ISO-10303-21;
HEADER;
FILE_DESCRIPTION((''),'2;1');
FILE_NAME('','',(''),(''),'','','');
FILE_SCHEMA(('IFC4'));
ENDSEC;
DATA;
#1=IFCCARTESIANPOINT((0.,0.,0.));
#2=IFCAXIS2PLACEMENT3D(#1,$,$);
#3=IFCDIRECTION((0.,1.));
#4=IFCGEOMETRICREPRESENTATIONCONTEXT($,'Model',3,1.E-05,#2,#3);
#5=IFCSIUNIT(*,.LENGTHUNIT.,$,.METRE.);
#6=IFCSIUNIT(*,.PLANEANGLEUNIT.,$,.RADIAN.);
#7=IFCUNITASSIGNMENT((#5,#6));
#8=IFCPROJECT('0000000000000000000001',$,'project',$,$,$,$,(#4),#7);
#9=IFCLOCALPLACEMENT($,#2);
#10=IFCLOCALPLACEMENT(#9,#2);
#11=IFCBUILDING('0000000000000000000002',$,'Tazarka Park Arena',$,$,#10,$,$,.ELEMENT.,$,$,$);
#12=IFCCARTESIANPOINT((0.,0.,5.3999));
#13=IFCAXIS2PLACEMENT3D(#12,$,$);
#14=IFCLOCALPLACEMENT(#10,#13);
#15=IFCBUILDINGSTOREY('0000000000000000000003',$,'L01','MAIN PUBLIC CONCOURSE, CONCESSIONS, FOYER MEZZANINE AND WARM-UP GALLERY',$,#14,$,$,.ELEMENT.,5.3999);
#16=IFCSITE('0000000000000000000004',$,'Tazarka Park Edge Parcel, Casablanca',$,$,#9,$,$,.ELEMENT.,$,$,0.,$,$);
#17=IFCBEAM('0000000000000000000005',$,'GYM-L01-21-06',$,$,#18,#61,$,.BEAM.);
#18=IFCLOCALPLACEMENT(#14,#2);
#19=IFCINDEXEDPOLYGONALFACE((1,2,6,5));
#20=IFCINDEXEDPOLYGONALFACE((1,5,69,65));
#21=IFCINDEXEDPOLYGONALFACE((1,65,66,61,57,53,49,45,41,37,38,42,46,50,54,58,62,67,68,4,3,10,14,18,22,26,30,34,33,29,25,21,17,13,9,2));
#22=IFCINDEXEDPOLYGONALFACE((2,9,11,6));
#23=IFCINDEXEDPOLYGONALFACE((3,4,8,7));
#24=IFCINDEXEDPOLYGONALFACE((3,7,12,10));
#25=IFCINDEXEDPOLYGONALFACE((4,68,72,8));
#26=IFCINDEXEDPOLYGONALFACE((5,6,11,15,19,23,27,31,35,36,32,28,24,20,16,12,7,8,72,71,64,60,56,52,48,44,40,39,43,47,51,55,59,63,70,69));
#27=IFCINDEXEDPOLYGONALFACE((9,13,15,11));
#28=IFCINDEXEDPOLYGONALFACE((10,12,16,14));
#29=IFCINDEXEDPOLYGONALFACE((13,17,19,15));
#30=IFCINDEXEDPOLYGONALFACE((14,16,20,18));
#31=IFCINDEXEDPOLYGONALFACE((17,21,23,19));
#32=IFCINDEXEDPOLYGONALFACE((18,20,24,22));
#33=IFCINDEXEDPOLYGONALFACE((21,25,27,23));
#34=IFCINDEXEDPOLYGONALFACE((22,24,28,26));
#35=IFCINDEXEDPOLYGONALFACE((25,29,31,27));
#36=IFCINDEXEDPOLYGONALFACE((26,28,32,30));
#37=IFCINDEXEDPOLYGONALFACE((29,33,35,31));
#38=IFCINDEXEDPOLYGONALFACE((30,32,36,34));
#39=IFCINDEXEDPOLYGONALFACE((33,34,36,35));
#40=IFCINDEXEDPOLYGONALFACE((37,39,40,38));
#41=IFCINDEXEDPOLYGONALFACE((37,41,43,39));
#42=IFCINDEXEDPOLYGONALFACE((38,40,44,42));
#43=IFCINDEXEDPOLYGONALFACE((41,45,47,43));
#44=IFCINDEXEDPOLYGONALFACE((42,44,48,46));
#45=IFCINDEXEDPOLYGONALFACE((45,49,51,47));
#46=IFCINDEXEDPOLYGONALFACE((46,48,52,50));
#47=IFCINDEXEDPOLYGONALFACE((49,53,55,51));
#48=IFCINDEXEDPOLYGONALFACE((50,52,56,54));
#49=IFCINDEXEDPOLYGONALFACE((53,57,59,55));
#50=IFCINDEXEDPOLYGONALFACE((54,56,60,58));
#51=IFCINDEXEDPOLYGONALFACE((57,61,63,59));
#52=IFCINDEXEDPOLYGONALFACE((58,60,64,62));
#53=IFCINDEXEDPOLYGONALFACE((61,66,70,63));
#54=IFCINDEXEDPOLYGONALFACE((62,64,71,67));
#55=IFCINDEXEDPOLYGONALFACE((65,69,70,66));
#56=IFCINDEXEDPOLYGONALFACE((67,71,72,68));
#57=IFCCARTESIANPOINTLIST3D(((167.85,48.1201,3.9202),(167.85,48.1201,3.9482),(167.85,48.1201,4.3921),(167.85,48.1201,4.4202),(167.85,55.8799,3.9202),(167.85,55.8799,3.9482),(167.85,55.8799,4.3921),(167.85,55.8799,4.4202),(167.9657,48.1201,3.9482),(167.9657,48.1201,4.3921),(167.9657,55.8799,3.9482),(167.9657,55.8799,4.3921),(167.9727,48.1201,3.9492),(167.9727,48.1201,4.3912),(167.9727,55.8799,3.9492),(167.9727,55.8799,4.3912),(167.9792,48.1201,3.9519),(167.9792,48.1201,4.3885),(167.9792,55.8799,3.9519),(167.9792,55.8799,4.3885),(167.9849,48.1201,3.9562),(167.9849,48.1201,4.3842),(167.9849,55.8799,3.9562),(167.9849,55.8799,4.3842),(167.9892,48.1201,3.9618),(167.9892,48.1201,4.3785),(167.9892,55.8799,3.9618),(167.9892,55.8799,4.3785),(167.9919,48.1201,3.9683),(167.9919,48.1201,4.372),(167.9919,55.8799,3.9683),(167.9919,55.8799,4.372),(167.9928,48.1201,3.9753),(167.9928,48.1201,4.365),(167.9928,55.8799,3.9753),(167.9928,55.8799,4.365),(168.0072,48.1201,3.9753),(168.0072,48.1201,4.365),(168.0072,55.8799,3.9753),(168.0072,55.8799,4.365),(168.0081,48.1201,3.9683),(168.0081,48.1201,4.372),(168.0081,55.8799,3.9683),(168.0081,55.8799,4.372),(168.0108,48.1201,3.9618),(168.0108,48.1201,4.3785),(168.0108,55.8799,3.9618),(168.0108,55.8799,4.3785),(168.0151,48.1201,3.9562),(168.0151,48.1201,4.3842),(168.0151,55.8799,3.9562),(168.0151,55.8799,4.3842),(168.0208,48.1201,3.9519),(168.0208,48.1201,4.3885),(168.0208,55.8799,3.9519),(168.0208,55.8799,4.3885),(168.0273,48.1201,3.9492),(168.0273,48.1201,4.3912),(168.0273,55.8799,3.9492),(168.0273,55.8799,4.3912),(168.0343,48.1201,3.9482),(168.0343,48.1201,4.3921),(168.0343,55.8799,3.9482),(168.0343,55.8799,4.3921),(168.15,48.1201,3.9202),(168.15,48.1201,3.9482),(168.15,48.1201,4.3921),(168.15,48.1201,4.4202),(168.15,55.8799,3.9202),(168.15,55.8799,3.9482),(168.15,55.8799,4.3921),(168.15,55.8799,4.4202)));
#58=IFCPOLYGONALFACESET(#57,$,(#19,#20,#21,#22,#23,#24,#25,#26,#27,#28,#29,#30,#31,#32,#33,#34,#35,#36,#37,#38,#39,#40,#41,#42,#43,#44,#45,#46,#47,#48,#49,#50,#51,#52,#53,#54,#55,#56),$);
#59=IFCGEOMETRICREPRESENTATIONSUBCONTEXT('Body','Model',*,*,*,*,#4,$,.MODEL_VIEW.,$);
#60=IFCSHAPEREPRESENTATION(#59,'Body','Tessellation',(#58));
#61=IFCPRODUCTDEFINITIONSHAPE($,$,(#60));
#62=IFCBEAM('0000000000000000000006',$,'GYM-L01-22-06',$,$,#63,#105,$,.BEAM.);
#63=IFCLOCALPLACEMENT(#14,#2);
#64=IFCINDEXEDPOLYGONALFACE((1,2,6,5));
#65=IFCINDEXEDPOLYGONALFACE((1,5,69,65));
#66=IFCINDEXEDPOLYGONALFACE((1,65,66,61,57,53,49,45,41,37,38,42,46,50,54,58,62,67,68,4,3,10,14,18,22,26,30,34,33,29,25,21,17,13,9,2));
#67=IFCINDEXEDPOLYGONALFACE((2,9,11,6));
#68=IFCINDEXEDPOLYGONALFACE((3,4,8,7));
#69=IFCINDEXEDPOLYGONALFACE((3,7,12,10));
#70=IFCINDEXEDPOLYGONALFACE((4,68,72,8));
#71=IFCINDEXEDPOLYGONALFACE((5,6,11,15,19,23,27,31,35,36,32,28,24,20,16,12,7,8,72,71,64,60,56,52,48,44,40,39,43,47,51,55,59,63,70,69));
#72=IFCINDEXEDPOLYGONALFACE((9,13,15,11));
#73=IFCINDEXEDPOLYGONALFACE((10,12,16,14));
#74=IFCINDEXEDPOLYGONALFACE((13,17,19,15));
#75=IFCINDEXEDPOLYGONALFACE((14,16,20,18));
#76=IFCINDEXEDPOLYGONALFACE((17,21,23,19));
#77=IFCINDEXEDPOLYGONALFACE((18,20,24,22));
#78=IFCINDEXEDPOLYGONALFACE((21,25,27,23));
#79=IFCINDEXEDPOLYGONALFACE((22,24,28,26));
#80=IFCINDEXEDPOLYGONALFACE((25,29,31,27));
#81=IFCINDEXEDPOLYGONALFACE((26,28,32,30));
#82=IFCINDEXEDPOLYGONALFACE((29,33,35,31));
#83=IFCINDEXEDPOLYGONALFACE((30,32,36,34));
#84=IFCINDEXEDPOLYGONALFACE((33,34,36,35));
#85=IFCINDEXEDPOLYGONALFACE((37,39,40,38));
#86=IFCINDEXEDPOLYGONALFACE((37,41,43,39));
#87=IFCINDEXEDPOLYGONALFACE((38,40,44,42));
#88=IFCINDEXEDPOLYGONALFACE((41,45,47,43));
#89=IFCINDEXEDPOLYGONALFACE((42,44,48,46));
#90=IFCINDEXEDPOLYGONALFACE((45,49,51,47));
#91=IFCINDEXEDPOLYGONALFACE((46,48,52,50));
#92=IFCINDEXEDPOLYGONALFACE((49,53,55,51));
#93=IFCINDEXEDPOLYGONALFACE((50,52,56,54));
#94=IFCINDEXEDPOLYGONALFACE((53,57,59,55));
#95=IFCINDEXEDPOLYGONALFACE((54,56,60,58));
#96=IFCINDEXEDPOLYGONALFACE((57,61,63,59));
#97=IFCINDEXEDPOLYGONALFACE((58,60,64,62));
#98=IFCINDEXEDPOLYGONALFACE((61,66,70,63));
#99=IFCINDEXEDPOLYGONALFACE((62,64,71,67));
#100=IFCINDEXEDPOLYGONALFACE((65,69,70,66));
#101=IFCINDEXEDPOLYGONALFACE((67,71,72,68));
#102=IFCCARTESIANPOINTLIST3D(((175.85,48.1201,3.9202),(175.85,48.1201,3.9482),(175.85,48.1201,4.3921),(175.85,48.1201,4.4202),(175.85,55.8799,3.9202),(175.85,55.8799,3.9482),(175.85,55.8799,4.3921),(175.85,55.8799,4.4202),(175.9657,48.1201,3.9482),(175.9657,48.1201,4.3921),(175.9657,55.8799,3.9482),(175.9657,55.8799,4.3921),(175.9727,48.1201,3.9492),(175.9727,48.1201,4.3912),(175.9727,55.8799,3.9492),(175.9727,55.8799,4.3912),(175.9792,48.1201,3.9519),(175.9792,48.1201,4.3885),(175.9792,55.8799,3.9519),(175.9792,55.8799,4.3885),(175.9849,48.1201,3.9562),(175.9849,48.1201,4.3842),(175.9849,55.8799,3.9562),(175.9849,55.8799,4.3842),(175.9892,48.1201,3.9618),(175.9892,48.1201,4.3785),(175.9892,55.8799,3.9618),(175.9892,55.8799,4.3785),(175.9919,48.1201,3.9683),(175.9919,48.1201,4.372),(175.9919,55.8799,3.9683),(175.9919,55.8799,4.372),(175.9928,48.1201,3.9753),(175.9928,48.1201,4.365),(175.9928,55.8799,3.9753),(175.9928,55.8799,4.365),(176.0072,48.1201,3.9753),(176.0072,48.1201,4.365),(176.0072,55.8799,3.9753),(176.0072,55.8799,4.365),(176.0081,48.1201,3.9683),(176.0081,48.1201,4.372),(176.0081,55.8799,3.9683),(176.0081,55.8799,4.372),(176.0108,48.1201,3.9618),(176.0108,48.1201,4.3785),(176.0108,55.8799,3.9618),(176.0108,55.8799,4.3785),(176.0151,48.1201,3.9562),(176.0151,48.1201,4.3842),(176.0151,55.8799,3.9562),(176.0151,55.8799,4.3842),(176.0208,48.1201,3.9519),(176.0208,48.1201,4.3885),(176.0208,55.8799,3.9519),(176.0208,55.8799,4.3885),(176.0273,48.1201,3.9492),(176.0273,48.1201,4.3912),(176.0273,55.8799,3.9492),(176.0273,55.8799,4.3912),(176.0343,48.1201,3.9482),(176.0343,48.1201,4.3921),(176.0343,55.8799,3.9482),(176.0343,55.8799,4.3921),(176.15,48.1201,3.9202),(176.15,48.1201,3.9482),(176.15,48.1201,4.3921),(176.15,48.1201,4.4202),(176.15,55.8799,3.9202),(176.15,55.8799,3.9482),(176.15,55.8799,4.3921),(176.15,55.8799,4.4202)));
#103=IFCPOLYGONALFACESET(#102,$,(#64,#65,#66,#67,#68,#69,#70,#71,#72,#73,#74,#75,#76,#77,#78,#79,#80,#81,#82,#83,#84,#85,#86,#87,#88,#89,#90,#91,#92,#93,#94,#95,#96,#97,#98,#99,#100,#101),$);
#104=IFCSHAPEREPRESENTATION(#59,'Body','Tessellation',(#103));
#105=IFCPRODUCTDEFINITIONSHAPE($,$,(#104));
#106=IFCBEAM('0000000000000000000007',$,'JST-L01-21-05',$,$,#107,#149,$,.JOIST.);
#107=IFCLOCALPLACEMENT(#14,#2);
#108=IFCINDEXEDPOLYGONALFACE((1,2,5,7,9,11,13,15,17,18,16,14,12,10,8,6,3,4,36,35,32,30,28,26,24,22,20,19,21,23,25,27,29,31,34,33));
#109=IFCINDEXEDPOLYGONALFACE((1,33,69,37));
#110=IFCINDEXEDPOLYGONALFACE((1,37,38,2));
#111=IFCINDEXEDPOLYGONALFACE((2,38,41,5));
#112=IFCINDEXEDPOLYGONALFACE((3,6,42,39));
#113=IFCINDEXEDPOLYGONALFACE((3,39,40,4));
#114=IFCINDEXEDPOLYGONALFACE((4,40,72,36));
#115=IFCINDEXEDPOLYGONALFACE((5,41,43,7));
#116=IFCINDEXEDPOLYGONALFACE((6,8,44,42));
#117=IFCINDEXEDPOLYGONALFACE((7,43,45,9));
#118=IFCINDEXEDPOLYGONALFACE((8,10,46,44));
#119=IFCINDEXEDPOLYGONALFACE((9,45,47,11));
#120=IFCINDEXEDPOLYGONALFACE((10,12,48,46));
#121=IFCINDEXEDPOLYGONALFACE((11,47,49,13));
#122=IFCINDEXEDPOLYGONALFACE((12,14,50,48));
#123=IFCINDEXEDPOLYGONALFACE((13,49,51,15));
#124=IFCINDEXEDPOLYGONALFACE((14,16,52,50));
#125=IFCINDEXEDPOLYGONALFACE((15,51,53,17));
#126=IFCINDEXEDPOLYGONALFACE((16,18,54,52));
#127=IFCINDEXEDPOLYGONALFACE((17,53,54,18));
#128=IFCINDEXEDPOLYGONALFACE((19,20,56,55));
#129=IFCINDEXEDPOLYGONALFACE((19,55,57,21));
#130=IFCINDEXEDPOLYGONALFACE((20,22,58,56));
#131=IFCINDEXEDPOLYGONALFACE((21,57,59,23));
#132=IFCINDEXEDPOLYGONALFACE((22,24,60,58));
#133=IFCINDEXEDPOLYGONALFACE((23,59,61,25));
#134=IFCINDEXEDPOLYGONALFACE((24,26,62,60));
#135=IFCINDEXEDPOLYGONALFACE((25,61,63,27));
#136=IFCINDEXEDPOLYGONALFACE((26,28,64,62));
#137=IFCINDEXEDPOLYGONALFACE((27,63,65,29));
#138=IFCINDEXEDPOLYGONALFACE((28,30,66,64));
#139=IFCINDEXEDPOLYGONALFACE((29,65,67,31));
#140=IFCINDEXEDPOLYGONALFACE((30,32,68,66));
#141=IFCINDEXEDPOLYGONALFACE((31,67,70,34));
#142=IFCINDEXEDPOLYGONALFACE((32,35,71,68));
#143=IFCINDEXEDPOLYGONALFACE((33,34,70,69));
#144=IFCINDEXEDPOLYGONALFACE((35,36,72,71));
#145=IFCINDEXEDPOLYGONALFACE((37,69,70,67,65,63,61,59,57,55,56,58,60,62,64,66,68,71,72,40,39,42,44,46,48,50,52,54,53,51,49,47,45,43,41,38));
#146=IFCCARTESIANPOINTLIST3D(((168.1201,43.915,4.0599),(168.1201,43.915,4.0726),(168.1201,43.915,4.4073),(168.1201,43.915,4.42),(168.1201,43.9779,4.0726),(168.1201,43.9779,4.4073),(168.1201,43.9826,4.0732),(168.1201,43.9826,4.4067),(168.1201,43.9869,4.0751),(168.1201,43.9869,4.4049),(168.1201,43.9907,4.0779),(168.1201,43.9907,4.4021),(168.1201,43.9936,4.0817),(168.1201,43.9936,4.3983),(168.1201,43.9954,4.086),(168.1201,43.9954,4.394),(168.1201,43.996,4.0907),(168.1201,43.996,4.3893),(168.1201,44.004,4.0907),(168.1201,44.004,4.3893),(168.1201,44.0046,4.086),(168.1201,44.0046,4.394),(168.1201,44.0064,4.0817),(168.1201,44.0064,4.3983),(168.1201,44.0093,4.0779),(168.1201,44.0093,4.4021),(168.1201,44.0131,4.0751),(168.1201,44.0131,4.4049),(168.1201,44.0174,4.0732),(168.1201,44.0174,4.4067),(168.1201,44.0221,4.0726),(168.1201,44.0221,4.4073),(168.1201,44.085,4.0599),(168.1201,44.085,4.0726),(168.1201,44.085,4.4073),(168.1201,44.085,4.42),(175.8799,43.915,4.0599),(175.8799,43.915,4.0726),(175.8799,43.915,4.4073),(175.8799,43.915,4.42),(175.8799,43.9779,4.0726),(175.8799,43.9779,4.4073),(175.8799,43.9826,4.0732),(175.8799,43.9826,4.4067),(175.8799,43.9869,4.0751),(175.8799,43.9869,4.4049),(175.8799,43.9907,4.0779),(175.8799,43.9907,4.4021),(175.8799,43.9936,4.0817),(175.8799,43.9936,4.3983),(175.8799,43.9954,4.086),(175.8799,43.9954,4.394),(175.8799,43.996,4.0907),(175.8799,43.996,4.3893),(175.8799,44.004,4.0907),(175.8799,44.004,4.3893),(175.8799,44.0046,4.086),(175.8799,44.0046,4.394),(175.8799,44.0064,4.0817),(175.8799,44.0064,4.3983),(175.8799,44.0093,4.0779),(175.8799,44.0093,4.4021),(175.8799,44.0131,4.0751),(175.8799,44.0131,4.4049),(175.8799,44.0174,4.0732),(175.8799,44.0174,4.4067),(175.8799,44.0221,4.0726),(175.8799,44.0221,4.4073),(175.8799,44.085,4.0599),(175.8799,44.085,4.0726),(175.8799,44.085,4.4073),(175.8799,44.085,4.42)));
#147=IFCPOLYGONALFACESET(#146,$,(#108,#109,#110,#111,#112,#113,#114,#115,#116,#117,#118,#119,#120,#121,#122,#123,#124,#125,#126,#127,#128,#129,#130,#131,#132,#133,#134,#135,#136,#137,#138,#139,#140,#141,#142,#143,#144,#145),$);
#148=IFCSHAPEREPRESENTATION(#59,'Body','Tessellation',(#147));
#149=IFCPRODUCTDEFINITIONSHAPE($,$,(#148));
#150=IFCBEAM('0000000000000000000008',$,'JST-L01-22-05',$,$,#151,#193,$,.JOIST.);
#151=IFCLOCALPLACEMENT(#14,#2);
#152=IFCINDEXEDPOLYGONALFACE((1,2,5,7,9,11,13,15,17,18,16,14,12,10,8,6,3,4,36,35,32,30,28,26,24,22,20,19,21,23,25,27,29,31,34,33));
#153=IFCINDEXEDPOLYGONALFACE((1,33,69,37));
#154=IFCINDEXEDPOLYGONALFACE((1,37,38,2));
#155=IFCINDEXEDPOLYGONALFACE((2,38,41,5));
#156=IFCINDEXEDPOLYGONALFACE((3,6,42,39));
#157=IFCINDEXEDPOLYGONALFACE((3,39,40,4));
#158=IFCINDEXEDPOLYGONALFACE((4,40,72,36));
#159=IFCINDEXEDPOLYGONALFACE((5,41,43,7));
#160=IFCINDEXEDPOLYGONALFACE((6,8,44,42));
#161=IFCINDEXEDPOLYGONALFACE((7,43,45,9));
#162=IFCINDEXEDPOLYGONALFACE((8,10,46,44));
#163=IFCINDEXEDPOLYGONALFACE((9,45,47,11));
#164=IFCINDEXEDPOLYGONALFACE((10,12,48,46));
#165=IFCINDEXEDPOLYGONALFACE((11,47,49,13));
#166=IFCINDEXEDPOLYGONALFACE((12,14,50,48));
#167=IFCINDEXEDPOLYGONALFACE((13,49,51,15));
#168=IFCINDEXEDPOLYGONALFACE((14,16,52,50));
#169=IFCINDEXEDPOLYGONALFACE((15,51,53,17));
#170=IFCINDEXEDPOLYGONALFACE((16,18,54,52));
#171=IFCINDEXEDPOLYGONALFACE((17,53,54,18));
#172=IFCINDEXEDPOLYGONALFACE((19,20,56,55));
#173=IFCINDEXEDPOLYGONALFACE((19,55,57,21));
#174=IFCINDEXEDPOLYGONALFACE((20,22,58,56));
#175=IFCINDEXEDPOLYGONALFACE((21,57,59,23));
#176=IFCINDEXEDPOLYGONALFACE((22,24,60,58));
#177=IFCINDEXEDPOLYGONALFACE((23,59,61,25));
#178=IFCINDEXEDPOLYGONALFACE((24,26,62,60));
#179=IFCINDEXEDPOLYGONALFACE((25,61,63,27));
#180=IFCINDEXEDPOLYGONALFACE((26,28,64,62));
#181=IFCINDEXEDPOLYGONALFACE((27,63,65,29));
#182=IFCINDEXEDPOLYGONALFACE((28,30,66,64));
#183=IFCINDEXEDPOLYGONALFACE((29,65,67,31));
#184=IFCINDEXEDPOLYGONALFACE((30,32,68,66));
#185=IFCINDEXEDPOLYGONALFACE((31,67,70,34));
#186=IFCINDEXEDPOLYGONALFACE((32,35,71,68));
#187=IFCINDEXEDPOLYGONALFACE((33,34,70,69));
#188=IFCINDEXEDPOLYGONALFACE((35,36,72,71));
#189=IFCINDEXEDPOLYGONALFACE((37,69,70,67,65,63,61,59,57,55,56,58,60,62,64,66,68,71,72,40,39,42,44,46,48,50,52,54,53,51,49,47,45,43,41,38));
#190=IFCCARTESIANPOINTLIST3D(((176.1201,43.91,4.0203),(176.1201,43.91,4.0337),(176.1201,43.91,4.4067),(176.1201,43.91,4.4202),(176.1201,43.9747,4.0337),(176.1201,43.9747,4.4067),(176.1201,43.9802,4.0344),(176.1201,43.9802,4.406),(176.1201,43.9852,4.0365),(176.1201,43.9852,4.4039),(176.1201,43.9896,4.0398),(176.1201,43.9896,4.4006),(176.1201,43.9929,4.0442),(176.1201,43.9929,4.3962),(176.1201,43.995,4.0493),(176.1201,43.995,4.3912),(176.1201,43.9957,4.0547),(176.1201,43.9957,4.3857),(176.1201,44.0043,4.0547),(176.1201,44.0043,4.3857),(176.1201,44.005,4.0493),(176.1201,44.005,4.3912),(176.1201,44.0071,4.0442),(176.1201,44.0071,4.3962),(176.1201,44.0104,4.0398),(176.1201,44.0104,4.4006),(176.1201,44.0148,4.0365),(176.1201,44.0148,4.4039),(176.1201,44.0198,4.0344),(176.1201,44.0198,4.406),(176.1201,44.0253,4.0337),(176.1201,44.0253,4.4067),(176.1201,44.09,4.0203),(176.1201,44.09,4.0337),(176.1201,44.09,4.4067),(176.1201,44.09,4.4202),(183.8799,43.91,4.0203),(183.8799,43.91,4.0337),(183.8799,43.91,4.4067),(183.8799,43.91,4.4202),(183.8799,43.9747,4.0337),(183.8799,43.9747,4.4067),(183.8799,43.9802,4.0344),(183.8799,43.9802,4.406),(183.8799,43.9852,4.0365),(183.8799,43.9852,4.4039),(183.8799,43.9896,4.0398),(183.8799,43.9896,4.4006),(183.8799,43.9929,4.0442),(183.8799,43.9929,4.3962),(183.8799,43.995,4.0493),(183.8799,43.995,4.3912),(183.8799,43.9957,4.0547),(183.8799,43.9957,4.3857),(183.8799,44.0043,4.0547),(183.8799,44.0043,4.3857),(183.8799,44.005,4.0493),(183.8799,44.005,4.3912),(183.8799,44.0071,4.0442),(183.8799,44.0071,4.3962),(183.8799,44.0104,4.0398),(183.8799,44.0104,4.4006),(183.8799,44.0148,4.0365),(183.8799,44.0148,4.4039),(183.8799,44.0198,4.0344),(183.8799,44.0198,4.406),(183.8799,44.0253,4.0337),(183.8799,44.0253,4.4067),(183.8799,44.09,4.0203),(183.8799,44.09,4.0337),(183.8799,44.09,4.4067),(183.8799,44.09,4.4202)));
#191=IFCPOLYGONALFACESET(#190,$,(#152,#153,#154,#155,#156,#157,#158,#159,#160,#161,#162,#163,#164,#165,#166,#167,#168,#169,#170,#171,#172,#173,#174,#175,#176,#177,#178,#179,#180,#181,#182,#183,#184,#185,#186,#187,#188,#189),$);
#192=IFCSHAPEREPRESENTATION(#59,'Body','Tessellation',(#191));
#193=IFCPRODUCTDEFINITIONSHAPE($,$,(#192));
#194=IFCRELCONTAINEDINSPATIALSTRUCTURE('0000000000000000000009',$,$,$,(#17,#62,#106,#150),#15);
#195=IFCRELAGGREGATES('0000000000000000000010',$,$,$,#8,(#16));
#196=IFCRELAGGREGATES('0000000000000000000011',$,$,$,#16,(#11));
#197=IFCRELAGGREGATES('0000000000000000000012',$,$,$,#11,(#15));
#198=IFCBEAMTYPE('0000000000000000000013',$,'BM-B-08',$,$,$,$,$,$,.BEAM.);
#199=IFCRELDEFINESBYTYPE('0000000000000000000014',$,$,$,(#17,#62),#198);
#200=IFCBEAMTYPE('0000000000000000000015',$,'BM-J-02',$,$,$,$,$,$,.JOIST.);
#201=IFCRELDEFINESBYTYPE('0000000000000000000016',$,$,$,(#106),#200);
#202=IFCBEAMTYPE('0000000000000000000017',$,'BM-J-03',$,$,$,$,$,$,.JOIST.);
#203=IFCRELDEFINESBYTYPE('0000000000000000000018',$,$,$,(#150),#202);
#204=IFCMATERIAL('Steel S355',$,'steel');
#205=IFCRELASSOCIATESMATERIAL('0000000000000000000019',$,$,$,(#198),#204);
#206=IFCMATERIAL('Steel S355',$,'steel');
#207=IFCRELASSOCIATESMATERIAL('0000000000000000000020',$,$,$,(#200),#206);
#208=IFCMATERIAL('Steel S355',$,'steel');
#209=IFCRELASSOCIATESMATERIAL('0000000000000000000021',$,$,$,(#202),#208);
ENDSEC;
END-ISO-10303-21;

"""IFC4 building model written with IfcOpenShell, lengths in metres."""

from ifc_helpers import new_model, si_unit, direction, frame, origin, origin_2d, place, context, subcontext, project, spatial, i_section, extrude, material, material_profile, profile_set, type_object, element, save


model = new_model("IFC4")

# Units and contexts
model_context = context("Model", 3, precision=1e-05, world=origin(), true_north=direction((0.0, 1.0)))
body_context = subcontext(model_context, "Body", "Model", "MODEL_VIEW")
ifc_project = project(units=[si_unit("LENGTHUNIT", "METRE"), si_unit("PLANEANGLEUNIT", "RADIAN")], contexts=[model_context])

# Site, building, storey
site_placement = place(None, origin())
site = spatial("IfcSite", under=ifc_project, at=site_placement, Name="Tazarka Park Edge Parcel, Casablanca", CompositionType="ELEMENT", RefElevation=0.0)
building_placement = place(site_placement, origin())
building = spatial("IfcBuilding", under=site, at=building_placement, Name="Tazarka Park Arena", CompositionType="ELEMENT")
storey_placement = place(building_placement, frame((0.0, 0.0, 5.3999)))
storey = spatial("IfcBuildingStorey", under=building, at=storey_placement, Name="L01", Description="MAIN PUBLIC CONCOURSE, CONCESSIONS, FOYER MEZZANINE AND WARM-UP GALLERY", CompositionType="ELEMENT", Elevation=5.3999)

# Beams
ifc_material_1 = material(Name="Steel S355", Category="steel")
ifc_material_profile_1 = material_profile(ifc_material_1, i_section(OverallWidth=0.3, OverallDepth=0.5, WebThickness=0.0144, FlangeThickness=0.0281, FilletRadius=0.0271, at=origin_2d()), Name="Steel S355")
ifc_profile_set_1 = profile_set([ifc_material_profile_1], Name="Steel S355")
beam_type_1 = type_object("IfcBeamType", Name="BM-B-08", PredefinedType="BEAM", material=ifc_profile_set_1)
for number, where, z_axis, x_axis, name in (
    (1, (168.0, 48.1201, 4.1702), (0.0, 1.0, 0.0), (-1.0, 0.0, 0.0), "GYM-L01-21-06"),
    (2, (176.0, 48.1201, 4.1702), (0.0, 1.0, 0.0), (-1.0, 0.0, 0.0), "GYM-L01-22-06"),
):
    element("IfcBeam", number, at=place(storey_placement, frame(where, z_axis=z_axis, x_axis=x_axis)), inside=storey, type_object=beam_type_1, Name=name, PredefinedType="BEAM", context=body_context, shape_type="SweptSolid", body=[
        extrude(i_section(OverallWidth=0.3, OverallDepth=0.5, WebThickness=0.0144, FlangeThickness=0.0281, FilletRadius=0.0271, at=origin_2d()), origin(), (0.0, 0.0, 1.0), 7.7598),
    ])
ifc_material_2 = material(Name="Steel S355", Category="steel")
ifc_material_profile_2 = material_profile(ifc_material_2, i_section(OverallWidth=0.1699, OverallDepth=0.3601, WebThickness=0.0081, FlangeThickness=0.0127, FilletRadius=0.0181, at=origin_2d()), Name="Steel S355")
ifc_profile_set_2 = profile_set([ifc_material_profile_2], Name="Steel S355")
beam_type_2 = type_object("IfcBeamType", Name="BM-J-02", PredefinedType="JOIST", material=ifc_profile_set_2)
beam_1_placement = place(storey_placement, frame((168.1201, 44.0, 4.24), z_axis=(1.0, 0.0, 0.0), x_axis=(0.0, 1.0, 0.0)))
element("IfcBeam", 3, at=beam_1_placement, inside=storey, type_object=beam_type_2, Name="JST-L01-21-05", PredefinedType="JOIST", context=body_context, shape_type="SweptSolid", body=[
    extrude(i_section(OverallWidth=0.1699, OverallDepth=0.3601, WebThickness=0.0081, FlangeThickness=0.0127, FilletRadius=0.0181, at=origin_2d()), origin(), (0.0, 0.0, 1.0), 7.7598),
])
ifc_material_3 = material(Name="Steel S355", Category="steel")
ifc_material_profile_3 = material_profile(ifc_material_3, i_section(OverallWidth=0.1799, OverallDepth=0.3999, WebThickness=0.0085, FlangeThickness=0.0134, FilletRadius=0.021, at=origin_2d()), Name="Steel S355")
ifc_profile_set_3 = profile_set([ifc_material_profile_3], Name="Steel S355")
beam_type_3 = type_object("IfcBeamType", Name="BM-J-03", PredefinedType="JOIST", material=ifc_profile_set_3)
beam_2_placement = place(storey_placement, frame((176.1201, 44.0, 4.2202), z_axis=(1.0, 0.0, 0.0), x_axis=(0.0, 1.0, 0.0)))
element("IfcBeam", 4, at=beam_2_placement, inside=storey, type_object=beam_type_3, Name="JST-L01-22-05", PredefinedType="JOIST", context=body_context, shape_type="SweptSolid", body=[
    extrude(i_section(OverallWidth=0.1799, OverallDepth=0.3999, WebThickness=0.0085, FlangeThickness=0.0134, FilletRadius=0.021, at=origin_2d()), origin(), (0.0, 0.0, 1.0), 7.7598),
])

save(model, "model.ifc")
